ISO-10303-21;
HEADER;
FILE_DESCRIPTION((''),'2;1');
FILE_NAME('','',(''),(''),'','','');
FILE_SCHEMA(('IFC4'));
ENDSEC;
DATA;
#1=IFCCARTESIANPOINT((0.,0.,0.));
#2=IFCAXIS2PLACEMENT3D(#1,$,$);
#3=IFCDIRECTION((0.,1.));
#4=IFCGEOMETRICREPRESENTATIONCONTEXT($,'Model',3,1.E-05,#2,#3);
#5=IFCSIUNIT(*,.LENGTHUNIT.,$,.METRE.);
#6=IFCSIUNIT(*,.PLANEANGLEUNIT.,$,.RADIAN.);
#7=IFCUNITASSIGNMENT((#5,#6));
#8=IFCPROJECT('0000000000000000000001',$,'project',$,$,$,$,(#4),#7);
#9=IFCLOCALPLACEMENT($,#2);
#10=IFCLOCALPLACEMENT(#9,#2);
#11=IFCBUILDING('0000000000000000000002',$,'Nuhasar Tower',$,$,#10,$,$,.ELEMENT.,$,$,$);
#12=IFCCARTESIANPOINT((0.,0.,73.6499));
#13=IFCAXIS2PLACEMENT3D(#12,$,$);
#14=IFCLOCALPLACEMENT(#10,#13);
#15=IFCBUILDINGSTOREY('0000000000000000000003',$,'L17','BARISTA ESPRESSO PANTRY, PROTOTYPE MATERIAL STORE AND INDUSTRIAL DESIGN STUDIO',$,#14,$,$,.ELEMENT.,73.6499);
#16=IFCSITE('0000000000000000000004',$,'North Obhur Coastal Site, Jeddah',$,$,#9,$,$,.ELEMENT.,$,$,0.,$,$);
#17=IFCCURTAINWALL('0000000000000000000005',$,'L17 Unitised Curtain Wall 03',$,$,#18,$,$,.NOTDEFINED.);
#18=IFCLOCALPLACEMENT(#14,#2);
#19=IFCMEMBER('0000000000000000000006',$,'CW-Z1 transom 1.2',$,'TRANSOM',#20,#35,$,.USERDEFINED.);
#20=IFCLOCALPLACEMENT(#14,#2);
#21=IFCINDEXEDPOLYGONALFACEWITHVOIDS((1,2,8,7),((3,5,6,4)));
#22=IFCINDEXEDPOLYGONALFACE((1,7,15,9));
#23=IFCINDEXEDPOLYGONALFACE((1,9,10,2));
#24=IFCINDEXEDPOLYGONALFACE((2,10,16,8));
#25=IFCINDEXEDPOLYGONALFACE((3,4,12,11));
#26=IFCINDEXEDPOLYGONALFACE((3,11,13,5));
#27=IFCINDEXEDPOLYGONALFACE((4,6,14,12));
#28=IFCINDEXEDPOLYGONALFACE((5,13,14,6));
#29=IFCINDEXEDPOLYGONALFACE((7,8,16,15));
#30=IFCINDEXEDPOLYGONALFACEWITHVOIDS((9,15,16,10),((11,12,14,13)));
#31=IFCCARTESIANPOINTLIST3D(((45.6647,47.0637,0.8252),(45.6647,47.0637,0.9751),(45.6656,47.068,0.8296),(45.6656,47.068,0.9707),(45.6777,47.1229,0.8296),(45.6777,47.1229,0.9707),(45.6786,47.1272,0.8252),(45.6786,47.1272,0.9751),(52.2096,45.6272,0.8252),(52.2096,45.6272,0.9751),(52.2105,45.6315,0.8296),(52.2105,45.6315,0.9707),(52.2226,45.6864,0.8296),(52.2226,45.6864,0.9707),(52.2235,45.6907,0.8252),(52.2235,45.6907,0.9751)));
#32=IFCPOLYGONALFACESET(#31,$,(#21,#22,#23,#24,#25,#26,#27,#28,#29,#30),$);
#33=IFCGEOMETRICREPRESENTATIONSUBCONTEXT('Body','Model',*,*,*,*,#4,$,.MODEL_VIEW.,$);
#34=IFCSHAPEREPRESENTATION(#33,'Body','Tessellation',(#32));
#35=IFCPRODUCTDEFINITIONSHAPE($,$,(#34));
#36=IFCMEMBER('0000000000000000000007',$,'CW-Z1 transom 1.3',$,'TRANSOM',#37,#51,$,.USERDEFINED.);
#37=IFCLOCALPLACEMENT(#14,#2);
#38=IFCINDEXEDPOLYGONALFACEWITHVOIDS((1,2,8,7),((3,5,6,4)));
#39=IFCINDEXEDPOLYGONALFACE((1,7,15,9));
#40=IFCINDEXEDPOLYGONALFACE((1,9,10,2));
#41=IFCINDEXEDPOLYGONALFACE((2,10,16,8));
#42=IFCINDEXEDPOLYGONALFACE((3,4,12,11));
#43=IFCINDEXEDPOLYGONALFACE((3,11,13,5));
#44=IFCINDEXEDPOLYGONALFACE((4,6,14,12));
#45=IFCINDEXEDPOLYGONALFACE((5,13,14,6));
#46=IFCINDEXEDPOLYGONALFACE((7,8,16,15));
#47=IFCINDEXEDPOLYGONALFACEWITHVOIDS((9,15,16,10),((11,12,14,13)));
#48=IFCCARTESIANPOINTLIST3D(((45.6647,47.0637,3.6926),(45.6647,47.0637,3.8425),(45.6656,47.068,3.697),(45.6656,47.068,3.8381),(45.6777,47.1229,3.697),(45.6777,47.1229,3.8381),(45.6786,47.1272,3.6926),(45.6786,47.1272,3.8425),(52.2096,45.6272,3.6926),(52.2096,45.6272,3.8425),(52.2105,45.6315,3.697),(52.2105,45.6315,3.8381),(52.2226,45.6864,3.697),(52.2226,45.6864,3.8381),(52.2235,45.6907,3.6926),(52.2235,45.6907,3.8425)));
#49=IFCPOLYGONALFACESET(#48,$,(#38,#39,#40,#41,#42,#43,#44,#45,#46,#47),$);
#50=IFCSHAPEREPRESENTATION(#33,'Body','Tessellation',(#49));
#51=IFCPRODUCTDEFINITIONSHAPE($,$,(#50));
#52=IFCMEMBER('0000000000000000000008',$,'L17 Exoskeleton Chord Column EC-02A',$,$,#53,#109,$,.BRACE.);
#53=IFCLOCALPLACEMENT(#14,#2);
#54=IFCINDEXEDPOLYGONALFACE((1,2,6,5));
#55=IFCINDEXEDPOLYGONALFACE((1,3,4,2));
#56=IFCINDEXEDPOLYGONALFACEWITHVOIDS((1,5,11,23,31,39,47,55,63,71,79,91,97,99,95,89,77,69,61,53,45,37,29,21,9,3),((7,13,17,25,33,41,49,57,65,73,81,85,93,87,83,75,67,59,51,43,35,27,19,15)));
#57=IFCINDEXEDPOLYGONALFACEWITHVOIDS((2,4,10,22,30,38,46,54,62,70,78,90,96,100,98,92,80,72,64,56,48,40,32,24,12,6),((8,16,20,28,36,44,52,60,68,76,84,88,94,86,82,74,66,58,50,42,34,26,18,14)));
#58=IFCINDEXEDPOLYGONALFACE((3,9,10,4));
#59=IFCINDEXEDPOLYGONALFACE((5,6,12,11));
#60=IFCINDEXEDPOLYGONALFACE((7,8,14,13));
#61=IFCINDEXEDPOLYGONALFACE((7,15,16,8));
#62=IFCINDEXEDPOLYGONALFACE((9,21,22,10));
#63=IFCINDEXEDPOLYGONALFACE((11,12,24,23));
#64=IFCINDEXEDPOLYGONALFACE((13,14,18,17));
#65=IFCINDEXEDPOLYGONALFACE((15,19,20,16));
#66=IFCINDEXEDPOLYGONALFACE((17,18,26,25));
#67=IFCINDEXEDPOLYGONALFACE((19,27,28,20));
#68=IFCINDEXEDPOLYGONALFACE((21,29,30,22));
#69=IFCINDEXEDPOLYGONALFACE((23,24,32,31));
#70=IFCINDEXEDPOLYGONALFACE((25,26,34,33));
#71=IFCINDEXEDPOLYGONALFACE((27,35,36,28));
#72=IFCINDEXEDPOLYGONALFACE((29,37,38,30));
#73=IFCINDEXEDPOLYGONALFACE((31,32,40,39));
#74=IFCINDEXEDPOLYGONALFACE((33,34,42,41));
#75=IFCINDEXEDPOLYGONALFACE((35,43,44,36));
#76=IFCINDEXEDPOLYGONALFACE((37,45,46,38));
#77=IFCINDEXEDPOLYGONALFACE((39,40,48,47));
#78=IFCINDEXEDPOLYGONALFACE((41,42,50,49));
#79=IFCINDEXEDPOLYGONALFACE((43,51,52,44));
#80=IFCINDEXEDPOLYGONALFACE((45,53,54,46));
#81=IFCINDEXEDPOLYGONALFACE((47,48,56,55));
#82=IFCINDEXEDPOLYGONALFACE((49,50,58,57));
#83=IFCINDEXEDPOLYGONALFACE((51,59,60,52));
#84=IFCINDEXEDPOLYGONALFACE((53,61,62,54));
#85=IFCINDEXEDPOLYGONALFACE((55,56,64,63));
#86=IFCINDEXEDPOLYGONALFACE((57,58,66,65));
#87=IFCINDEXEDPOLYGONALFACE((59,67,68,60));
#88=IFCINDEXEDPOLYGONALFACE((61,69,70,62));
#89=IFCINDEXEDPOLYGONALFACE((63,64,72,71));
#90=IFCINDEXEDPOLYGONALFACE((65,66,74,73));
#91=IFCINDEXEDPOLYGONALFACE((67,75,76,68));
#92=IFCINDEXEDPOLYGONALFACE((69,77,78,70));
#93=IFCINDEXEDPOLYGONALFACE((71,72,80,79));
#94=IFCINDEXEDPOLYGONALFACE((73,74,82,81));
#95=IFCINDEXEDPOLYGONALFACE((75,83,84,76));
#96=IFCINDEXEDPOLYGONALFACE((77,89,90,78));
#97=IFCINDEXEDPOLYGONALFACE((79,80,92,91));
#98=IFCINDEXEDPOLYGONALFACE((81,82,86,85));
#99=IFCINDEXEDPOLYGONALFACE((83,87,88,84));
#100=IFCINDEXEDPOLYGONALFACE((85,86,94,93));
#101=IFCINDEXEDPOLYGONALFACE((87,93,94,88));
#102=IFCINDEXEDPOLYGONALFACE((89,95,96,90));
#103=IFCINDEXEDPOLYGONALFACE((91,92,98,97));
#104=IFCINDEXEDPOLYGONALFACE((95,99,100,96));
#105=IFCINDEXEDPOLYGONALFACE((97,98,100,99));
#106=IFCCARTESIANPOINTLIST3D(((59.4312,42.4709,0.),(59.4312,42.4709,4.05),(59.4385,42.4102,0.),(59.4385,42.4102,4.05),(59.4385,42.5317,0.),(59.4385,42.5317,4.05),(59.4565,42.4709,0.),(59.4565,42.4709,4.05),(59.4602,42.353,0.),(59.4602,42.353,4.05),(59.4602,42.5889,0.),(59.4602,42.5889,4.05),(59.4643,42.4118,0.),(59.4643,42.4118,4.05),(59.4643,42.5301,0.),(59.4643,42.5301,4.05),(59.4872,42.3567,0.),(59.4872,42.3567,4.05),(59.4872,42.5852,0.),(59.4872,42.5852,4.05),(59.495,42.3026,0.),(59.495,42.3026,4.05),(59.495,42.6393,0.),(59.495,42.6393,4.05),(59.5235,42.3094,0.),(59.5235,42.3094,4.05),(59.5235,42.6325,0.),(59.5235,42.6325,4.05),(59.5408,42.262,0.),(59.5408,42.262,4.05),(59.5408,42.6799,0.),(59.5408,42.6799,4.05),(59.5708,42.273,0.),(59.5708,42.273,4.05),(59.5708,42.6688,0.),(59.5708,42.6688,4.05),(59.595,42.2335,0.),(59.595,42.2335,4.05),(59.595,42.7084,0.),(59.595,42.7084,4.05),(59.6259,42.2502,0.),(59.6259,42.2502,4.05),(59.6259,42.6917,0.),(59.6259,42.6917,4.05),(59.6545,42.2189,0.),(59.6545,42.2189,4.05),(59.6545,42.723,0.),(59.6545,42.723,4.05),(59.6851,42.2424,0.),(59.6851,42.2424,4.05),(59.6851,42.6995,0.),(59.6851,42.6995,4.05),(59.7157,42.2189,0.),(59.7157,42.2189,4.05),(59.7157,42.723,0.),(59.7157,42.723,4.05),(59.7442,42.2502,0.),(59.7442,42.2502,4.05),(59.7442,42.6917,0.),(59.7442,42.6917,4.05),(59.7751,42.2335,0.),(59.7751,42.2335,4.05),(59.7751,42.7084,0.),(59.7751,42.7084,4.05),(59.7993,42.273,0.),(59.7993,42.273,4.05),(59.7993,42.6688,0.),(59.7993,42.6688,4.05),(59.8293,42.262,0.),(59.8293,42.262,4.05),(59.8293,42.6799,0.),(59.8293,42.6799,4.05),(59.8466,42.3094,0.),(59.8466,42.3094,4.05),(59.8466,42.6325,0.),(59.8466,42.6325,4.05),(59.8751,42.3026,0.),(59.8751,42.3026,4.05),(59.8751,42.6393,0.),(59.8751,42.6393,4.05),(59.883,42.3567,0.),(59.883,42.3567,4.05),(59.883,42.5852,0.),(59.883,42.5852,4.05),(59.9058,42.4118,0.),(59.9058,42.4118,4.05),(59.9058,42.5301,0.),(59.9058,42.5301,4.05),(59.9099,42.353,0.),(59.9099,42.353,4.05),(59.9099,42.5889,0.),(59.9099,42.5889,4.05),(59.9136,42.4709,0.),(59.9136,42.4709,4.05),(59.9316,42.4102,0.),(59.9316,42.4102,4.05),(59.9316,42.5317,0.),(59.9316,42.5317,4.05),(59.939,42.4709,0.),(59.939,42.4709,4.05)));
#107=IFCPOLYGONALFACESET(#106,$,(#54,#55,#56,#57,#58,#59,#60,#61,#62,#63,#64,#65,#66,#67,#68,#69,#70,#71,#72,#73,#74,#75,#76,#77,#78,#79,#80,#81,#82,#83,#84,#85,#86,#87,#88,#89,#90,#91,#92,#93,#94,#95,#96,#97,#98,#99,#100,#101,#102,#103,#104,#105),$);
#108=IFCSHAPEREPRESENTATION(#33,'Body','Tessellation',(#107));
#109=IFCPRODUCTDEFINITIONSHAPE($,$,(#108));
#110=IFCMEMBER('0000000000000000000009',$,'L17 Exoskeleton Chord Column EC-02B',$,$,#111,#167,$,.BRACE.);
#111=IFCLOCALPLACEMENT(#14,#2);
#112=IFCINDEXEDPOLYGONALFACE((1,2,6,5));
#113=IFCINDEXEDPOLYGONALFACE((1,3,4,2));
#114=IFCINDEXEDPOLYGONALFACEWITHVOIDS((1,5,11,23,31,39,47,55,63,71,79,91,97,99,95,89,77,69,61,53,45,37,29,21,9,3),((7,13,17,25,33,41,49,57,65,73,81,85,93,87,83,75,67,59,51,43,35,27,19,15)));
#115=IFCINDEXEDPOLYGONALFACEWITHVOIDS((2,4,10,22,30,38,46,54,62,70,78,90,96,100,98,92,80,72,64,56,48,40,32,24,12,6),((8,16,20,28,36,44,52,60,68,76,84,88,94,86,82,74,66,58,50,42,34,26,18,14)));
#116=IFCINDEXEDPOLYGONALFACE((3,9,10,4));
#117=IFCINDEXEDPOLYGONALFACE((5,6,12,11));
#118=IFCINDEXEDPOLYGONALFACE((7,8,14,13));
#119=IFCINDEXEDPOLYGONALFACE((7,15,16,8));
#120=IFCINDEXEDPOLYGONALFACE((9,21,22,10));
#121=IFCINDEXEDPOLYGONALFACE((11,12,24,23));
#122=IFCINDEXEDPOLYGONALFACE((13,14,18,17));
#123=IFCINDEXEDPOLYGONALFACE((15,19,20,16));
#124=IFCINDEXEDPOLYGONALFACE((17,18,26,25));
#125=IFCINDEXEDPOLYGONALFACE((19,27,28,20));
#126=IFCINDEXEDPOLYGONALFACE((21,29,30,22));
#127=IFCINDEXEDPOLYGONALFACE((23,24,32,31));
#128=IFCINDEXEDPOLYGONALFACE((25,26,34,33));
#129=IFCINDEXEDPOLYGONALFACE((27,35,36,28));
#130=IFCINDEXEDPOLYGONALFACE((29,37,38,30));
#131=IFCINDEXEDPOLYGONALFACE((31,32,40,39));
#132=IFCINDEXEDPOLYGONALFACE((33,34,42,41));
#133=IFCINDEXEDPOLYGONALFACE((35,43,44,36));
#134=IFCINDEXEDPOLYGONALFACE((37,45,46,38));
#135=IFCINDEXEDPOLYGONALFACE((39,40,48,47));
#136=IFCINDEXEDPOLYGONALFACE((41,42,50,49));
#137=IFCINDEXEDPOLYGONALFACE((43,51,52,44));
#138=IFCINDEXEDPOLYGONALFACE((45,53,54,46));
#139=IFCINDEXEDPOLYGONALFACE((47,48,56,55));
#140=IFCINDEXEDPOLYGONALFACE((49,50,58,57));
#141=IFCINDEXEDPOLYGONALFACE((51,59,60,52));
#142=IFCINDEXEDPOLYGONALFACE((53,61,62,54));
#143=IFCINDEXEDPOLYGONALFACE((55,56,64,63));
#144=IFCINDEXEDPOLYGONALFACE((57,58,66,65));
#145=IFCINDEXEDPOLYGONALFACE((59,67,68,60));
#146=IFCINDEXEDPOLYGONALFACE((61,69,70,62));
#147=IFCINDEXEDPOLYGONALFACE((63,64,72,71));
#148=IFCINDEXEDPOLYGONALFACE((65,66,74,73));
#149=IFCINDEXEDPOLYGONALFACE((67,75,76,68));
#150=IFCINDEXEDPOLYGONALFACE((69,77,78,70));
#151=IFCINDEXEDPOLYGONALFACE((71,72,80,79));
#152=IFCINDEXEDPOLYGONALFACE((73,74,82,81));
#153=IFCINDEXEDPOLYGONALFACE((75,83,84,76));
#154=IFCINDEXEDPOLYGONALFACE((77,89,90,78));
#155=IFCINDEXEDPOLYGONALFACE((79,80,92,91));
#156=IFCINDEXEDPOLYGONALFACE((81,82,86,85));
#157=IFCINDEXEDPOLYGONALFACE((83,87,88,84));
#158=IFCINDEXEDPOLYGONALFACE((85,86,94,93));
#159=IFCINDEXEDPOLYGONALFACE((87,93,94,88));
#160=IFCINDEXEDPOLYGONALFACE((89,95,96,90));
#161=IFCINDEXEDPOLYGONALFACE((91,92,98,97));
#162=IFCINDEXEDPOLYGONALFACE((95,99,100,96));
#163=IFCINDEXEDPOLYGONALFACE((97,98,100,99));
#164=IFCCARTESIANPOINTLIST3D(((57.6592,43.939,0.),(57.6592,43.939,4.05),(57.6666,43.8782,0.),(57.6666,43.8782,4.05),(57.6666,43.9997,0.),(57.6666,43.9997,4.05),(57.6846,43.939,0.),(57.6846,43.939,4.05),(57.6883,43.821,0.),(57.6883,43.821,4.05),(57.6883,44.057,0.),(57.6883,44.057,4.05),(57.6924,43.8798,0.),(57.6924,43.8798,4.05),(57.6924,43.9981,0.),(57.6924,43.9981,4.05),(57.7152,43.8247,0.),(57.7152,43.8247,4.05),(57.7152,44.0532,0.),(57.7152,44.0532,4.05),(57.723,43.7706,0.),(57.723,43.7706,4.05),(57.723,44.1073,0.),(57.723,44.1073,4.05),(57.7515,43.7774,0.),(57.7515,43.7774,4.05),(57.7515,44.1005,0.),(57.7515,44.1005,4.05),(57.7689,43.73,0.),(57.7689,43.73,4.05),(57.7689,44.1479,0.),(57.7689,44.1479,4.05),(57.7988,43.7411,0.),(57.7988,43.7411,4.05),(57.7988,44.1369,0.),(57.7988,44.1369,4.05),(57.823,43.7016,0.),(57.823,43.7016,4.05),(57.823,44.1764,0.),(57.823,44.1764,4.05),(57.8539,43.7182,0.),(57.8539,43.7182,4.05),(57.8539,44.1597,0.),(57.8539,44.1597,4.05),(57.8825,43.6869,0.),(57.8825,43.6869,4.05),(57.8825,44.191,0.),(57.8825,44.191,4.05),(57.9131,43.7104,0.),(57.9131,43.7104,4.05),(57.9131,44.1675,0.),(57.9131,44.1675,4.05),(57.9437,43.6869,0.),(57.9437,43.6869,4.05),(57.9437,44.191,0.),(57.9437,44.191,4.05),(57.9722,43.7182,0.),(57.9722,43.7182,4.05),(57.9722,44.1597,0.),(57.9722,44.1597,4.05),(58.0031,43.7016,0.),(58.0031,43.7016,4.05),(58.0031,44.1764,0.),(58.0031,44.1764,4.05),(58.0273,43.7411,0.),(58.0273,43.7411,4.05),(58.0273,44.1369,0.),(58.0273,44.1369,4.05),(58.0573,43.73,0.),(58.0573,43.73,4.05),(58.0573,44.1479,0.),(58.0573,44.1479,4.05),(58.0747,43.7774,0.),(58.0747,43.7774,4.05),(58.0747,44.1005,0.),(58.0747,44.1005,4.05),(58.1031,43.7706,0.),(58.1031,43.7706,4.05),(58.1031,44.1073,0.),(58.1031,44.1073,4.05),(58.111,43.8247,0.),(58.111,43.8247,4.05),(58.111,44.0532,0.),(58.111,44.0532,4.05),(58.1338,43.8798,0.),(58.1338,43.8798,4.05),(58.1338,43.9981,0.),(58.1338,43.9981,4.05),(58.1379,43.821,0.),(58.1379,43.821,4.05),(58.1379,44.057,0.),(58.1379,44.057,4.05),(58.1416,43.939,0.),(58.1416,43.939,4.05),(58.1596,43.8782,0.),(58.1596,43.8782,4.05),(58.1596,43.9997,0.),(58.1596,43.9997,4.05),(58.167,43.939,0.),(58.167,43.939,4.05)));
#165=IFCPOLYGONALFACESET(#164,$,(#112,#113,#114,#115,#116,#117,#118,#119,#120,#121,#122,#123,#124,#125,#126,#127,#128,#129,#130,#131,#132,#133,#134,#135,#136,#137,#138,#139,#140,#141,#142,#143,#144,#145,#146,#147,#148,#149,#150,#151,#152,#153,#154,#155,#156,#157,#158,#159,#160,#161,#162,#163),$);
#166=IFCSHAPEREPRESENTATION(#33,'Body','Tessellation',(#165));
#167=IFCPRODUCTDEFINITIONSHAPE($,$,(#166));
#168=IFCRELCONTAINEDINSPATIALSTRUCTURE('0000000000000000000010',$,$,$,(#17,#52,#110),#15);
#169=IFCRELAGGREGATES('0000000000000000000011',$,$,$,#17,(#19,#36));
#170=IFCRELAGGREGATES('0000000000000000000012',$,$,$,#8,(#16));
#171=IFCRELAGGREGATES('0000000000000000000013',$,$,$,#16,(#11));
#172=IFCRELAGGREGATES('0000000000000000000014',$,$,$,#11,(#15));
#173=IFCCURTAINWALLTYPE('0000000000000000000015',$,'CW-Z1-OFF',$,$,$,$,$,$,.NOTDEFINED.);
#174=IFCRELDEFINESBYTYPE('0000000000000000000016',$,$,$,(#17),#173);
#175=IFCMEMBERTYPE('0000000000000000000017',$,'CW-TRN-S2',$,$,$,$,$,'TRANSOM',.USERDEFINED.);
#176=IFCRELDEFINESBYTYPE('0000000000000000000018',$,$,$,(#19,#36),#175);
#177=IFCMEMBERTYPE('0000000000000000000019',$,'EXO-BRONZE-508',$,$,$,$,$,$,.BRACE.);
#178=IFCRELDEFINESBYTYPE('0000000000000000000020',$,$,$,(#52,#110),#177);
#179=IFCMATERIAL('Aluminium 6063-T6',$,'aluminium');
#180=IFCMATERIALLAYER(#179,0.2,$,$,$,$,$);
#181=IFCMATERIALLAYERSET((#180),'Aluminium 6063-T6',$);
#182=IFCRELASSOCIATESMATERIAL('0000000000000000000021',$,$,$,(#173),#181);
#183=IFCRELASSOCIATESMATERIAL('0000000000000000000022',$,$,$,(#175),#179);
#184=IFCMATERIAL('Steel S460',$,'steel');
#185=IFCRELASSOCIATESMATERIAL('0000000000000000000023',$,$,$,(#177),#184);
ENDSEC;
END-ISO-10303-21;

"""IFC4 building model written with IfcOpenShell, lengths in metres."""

from ifc_helpers import new_model, si_unit, direction, frame, origin, origin_2d, place, context, subcontext, project, spatial, hollow_rectangle, hollow_circle, extrude, material, layer, layer_set, material_profile, profile_set, type_object, element, aggregate, save


model = new_model("IFC4")

# Units and contexts
model_context = context("Model", 3, precision=1e-05, world=origin(), true_north=direction((0.0, 1.0)))
body_context = subcontext(model_context, "Body", "Model", "MODEL_VIEW")
ifc_project = project(units=[si_unit("LENGTHUNIT", "METRE"), si_unit("PLANEANGLEUNIT", "RADIAN")], contexts=[model_context])

# Site, building, storey
site_placement = place(None, origin())
site = spatial("IfcSite", under=ifc_project, at=site_placement, Name="North Obhur Coastal Site, Jeddah", CompositionType="ELEMENT", RefElevation=0.0)
building_placement = place(site_placement, origin())
building = spatial("IfcBuilding", under=site, at=building_placement, Name="Nuhasar Tower", CompositionType="ELEMENT")
storey_placement = place(building_placement, frame((0.0, 0.0, 73.6499)))
storey = spatial("IfcBuildingStorey", under=building, at=storey_placement, Name="L17", Description="BARISTA ESPRESSO PANTRY, PROTOTYPE MATERIAL STORE AND INDUSTRIAL DESIGN STUDIO", CompositionType="ELEMENT", Elevation=73.6499)

# Shared definitions
ifc_material_1 = material(Name="Aluminium 6063-T6", Category="aluminium")
ifc_layer_1 = layer(ifc_material_1, 0.2)
ifc_layer_set_1 = layer_set([ifc_layer_1], Name="Aluminium 6063-T6")
curtain_wall_type = type_object("IfcCurtainWallType", Name="CW-Z1-OFF", PredefinedType="NOTDEFINED", material=ifc_layer_set_1)

# Curtain wall
curtain_wall_1_placement = place(storey_placement, origin())
curtain_wall_1 = element("IfcCurtainWall", 1, at=curtain_wall_1_placement, inside=storey, type_object=curtain_wall_type, Name="L17 Unitised Curtain Wall 03", PredefinedType="NOTDEFINED")

# Members
ifc_material_profile_1 = material_profile(ifc_material_1, hollow_rectangle(XDim=0.0649, YDim=0.1499, WallThickness=0.0044, at=origin_2d()), Name="CWT-2")
ifc_profile_set_1 = profile_set([ifc_material_profile_1], Name="Aluminium 6063-T6")
member_type_1 = type_object("IfcMemberType", Name="CW-TRN-S2", ElementType="TRANSOM", PredefinedType="USERDEFINED", material=ifc_profile_set_1)
member_1_placement = place(storey_placement, frame((52.2166, 45.6589, 0.9001), z_axis=(-0.97675, 0.214384, 0.0), x_axis=(-0.214384, -0.97675, 0.0)))
member_1 = element("IfcMember", 2, at=member_1_placement, type_object=member_type_1, Name="CW-Z1 transom 1.2", ObjectType="TRANSOM", PredefinedType="USERDEFINED", context=body_context, shape_type="SweptSolid", body=[
    extrude(hollow_rectangle(XDim=0.0649, YDim=0.1499, WallThickness=0.0044, at=origin_2d()), origin(), (0.0, 0.0, 1.0), 6.7007),
])
member_2_placement = place(storey_placement, frame((52.2166, 45.6589, 3.7676), z_axis=(-0.97675, 0.214384, 0.0), x_axis=(-0.214384, -0.97675, 0.0)))
member_2 = element("IfcMember", 3, at=member_2_placement, type_object=member_type_1, Name="CW-Z1 transom 1.3", ObjectType="TRANSOM", PredefinedType="USERDEFINED", context=body_context, shape_type="SweptSolid", body=[
    extrude(hollow_rectangle(XDim=0.0649, YDim=0.1499, WallThickness=0.0044, at=origin_2d()), origin(), (0.0, 0.0, 1.0), 6.7007),
])
aggregate(curtain_wall_1, [member_1, member_2])

# Members
ifc_material_2 = material(Name="Steel S460", Category="steel")
ifc_material_profile_2 = material_profile(ifc_material_2, hollow_circle(Radius=0.2539, WallThickness=0.0254, at=origin_2d()), Name="HSS508X25.4")
ifc_profile_set_2 = profile_set([ifc_material_profile_2], Name="Steel S460")
member_type_2 = type_object("IfcMemberType", Name="EXO-BRONZE-508", PredefinedType="BRACE", material=ifc_profile_set_2)
for number, where, z_axis, x_axis, name in (
    (4, (59.6851, 42.4709, 0.0), (0.0, 0.0, 1.0), (1.0, 0.0, 0.0), "L17 Exoskeleton Chord Column EC-02A"),
    (5, (57.9131, 43.939, 0.0), (0.0, 0.0, 1.0), (1.0, 0.0, 0.0), "L17 Exoskeleton Chord Column EC-02B"),
):
    element("IfcMember", number, at=place(storey_placement, frame(where, z_axis=z_axis, x_axis=x_axis)), inside=storey, type_object=member_type_2, Name=name, PredefinedType="BRACE", context=body_context, shape_type="SweptSolid", body=[
        extrude(hollow_circle(Radius=0.2539, WallThickness=0.0254, at=origin_2d()), origin(), (0.0, 0.0, 1.0), 4.05),
    ])

save(model, "model.ifc")
